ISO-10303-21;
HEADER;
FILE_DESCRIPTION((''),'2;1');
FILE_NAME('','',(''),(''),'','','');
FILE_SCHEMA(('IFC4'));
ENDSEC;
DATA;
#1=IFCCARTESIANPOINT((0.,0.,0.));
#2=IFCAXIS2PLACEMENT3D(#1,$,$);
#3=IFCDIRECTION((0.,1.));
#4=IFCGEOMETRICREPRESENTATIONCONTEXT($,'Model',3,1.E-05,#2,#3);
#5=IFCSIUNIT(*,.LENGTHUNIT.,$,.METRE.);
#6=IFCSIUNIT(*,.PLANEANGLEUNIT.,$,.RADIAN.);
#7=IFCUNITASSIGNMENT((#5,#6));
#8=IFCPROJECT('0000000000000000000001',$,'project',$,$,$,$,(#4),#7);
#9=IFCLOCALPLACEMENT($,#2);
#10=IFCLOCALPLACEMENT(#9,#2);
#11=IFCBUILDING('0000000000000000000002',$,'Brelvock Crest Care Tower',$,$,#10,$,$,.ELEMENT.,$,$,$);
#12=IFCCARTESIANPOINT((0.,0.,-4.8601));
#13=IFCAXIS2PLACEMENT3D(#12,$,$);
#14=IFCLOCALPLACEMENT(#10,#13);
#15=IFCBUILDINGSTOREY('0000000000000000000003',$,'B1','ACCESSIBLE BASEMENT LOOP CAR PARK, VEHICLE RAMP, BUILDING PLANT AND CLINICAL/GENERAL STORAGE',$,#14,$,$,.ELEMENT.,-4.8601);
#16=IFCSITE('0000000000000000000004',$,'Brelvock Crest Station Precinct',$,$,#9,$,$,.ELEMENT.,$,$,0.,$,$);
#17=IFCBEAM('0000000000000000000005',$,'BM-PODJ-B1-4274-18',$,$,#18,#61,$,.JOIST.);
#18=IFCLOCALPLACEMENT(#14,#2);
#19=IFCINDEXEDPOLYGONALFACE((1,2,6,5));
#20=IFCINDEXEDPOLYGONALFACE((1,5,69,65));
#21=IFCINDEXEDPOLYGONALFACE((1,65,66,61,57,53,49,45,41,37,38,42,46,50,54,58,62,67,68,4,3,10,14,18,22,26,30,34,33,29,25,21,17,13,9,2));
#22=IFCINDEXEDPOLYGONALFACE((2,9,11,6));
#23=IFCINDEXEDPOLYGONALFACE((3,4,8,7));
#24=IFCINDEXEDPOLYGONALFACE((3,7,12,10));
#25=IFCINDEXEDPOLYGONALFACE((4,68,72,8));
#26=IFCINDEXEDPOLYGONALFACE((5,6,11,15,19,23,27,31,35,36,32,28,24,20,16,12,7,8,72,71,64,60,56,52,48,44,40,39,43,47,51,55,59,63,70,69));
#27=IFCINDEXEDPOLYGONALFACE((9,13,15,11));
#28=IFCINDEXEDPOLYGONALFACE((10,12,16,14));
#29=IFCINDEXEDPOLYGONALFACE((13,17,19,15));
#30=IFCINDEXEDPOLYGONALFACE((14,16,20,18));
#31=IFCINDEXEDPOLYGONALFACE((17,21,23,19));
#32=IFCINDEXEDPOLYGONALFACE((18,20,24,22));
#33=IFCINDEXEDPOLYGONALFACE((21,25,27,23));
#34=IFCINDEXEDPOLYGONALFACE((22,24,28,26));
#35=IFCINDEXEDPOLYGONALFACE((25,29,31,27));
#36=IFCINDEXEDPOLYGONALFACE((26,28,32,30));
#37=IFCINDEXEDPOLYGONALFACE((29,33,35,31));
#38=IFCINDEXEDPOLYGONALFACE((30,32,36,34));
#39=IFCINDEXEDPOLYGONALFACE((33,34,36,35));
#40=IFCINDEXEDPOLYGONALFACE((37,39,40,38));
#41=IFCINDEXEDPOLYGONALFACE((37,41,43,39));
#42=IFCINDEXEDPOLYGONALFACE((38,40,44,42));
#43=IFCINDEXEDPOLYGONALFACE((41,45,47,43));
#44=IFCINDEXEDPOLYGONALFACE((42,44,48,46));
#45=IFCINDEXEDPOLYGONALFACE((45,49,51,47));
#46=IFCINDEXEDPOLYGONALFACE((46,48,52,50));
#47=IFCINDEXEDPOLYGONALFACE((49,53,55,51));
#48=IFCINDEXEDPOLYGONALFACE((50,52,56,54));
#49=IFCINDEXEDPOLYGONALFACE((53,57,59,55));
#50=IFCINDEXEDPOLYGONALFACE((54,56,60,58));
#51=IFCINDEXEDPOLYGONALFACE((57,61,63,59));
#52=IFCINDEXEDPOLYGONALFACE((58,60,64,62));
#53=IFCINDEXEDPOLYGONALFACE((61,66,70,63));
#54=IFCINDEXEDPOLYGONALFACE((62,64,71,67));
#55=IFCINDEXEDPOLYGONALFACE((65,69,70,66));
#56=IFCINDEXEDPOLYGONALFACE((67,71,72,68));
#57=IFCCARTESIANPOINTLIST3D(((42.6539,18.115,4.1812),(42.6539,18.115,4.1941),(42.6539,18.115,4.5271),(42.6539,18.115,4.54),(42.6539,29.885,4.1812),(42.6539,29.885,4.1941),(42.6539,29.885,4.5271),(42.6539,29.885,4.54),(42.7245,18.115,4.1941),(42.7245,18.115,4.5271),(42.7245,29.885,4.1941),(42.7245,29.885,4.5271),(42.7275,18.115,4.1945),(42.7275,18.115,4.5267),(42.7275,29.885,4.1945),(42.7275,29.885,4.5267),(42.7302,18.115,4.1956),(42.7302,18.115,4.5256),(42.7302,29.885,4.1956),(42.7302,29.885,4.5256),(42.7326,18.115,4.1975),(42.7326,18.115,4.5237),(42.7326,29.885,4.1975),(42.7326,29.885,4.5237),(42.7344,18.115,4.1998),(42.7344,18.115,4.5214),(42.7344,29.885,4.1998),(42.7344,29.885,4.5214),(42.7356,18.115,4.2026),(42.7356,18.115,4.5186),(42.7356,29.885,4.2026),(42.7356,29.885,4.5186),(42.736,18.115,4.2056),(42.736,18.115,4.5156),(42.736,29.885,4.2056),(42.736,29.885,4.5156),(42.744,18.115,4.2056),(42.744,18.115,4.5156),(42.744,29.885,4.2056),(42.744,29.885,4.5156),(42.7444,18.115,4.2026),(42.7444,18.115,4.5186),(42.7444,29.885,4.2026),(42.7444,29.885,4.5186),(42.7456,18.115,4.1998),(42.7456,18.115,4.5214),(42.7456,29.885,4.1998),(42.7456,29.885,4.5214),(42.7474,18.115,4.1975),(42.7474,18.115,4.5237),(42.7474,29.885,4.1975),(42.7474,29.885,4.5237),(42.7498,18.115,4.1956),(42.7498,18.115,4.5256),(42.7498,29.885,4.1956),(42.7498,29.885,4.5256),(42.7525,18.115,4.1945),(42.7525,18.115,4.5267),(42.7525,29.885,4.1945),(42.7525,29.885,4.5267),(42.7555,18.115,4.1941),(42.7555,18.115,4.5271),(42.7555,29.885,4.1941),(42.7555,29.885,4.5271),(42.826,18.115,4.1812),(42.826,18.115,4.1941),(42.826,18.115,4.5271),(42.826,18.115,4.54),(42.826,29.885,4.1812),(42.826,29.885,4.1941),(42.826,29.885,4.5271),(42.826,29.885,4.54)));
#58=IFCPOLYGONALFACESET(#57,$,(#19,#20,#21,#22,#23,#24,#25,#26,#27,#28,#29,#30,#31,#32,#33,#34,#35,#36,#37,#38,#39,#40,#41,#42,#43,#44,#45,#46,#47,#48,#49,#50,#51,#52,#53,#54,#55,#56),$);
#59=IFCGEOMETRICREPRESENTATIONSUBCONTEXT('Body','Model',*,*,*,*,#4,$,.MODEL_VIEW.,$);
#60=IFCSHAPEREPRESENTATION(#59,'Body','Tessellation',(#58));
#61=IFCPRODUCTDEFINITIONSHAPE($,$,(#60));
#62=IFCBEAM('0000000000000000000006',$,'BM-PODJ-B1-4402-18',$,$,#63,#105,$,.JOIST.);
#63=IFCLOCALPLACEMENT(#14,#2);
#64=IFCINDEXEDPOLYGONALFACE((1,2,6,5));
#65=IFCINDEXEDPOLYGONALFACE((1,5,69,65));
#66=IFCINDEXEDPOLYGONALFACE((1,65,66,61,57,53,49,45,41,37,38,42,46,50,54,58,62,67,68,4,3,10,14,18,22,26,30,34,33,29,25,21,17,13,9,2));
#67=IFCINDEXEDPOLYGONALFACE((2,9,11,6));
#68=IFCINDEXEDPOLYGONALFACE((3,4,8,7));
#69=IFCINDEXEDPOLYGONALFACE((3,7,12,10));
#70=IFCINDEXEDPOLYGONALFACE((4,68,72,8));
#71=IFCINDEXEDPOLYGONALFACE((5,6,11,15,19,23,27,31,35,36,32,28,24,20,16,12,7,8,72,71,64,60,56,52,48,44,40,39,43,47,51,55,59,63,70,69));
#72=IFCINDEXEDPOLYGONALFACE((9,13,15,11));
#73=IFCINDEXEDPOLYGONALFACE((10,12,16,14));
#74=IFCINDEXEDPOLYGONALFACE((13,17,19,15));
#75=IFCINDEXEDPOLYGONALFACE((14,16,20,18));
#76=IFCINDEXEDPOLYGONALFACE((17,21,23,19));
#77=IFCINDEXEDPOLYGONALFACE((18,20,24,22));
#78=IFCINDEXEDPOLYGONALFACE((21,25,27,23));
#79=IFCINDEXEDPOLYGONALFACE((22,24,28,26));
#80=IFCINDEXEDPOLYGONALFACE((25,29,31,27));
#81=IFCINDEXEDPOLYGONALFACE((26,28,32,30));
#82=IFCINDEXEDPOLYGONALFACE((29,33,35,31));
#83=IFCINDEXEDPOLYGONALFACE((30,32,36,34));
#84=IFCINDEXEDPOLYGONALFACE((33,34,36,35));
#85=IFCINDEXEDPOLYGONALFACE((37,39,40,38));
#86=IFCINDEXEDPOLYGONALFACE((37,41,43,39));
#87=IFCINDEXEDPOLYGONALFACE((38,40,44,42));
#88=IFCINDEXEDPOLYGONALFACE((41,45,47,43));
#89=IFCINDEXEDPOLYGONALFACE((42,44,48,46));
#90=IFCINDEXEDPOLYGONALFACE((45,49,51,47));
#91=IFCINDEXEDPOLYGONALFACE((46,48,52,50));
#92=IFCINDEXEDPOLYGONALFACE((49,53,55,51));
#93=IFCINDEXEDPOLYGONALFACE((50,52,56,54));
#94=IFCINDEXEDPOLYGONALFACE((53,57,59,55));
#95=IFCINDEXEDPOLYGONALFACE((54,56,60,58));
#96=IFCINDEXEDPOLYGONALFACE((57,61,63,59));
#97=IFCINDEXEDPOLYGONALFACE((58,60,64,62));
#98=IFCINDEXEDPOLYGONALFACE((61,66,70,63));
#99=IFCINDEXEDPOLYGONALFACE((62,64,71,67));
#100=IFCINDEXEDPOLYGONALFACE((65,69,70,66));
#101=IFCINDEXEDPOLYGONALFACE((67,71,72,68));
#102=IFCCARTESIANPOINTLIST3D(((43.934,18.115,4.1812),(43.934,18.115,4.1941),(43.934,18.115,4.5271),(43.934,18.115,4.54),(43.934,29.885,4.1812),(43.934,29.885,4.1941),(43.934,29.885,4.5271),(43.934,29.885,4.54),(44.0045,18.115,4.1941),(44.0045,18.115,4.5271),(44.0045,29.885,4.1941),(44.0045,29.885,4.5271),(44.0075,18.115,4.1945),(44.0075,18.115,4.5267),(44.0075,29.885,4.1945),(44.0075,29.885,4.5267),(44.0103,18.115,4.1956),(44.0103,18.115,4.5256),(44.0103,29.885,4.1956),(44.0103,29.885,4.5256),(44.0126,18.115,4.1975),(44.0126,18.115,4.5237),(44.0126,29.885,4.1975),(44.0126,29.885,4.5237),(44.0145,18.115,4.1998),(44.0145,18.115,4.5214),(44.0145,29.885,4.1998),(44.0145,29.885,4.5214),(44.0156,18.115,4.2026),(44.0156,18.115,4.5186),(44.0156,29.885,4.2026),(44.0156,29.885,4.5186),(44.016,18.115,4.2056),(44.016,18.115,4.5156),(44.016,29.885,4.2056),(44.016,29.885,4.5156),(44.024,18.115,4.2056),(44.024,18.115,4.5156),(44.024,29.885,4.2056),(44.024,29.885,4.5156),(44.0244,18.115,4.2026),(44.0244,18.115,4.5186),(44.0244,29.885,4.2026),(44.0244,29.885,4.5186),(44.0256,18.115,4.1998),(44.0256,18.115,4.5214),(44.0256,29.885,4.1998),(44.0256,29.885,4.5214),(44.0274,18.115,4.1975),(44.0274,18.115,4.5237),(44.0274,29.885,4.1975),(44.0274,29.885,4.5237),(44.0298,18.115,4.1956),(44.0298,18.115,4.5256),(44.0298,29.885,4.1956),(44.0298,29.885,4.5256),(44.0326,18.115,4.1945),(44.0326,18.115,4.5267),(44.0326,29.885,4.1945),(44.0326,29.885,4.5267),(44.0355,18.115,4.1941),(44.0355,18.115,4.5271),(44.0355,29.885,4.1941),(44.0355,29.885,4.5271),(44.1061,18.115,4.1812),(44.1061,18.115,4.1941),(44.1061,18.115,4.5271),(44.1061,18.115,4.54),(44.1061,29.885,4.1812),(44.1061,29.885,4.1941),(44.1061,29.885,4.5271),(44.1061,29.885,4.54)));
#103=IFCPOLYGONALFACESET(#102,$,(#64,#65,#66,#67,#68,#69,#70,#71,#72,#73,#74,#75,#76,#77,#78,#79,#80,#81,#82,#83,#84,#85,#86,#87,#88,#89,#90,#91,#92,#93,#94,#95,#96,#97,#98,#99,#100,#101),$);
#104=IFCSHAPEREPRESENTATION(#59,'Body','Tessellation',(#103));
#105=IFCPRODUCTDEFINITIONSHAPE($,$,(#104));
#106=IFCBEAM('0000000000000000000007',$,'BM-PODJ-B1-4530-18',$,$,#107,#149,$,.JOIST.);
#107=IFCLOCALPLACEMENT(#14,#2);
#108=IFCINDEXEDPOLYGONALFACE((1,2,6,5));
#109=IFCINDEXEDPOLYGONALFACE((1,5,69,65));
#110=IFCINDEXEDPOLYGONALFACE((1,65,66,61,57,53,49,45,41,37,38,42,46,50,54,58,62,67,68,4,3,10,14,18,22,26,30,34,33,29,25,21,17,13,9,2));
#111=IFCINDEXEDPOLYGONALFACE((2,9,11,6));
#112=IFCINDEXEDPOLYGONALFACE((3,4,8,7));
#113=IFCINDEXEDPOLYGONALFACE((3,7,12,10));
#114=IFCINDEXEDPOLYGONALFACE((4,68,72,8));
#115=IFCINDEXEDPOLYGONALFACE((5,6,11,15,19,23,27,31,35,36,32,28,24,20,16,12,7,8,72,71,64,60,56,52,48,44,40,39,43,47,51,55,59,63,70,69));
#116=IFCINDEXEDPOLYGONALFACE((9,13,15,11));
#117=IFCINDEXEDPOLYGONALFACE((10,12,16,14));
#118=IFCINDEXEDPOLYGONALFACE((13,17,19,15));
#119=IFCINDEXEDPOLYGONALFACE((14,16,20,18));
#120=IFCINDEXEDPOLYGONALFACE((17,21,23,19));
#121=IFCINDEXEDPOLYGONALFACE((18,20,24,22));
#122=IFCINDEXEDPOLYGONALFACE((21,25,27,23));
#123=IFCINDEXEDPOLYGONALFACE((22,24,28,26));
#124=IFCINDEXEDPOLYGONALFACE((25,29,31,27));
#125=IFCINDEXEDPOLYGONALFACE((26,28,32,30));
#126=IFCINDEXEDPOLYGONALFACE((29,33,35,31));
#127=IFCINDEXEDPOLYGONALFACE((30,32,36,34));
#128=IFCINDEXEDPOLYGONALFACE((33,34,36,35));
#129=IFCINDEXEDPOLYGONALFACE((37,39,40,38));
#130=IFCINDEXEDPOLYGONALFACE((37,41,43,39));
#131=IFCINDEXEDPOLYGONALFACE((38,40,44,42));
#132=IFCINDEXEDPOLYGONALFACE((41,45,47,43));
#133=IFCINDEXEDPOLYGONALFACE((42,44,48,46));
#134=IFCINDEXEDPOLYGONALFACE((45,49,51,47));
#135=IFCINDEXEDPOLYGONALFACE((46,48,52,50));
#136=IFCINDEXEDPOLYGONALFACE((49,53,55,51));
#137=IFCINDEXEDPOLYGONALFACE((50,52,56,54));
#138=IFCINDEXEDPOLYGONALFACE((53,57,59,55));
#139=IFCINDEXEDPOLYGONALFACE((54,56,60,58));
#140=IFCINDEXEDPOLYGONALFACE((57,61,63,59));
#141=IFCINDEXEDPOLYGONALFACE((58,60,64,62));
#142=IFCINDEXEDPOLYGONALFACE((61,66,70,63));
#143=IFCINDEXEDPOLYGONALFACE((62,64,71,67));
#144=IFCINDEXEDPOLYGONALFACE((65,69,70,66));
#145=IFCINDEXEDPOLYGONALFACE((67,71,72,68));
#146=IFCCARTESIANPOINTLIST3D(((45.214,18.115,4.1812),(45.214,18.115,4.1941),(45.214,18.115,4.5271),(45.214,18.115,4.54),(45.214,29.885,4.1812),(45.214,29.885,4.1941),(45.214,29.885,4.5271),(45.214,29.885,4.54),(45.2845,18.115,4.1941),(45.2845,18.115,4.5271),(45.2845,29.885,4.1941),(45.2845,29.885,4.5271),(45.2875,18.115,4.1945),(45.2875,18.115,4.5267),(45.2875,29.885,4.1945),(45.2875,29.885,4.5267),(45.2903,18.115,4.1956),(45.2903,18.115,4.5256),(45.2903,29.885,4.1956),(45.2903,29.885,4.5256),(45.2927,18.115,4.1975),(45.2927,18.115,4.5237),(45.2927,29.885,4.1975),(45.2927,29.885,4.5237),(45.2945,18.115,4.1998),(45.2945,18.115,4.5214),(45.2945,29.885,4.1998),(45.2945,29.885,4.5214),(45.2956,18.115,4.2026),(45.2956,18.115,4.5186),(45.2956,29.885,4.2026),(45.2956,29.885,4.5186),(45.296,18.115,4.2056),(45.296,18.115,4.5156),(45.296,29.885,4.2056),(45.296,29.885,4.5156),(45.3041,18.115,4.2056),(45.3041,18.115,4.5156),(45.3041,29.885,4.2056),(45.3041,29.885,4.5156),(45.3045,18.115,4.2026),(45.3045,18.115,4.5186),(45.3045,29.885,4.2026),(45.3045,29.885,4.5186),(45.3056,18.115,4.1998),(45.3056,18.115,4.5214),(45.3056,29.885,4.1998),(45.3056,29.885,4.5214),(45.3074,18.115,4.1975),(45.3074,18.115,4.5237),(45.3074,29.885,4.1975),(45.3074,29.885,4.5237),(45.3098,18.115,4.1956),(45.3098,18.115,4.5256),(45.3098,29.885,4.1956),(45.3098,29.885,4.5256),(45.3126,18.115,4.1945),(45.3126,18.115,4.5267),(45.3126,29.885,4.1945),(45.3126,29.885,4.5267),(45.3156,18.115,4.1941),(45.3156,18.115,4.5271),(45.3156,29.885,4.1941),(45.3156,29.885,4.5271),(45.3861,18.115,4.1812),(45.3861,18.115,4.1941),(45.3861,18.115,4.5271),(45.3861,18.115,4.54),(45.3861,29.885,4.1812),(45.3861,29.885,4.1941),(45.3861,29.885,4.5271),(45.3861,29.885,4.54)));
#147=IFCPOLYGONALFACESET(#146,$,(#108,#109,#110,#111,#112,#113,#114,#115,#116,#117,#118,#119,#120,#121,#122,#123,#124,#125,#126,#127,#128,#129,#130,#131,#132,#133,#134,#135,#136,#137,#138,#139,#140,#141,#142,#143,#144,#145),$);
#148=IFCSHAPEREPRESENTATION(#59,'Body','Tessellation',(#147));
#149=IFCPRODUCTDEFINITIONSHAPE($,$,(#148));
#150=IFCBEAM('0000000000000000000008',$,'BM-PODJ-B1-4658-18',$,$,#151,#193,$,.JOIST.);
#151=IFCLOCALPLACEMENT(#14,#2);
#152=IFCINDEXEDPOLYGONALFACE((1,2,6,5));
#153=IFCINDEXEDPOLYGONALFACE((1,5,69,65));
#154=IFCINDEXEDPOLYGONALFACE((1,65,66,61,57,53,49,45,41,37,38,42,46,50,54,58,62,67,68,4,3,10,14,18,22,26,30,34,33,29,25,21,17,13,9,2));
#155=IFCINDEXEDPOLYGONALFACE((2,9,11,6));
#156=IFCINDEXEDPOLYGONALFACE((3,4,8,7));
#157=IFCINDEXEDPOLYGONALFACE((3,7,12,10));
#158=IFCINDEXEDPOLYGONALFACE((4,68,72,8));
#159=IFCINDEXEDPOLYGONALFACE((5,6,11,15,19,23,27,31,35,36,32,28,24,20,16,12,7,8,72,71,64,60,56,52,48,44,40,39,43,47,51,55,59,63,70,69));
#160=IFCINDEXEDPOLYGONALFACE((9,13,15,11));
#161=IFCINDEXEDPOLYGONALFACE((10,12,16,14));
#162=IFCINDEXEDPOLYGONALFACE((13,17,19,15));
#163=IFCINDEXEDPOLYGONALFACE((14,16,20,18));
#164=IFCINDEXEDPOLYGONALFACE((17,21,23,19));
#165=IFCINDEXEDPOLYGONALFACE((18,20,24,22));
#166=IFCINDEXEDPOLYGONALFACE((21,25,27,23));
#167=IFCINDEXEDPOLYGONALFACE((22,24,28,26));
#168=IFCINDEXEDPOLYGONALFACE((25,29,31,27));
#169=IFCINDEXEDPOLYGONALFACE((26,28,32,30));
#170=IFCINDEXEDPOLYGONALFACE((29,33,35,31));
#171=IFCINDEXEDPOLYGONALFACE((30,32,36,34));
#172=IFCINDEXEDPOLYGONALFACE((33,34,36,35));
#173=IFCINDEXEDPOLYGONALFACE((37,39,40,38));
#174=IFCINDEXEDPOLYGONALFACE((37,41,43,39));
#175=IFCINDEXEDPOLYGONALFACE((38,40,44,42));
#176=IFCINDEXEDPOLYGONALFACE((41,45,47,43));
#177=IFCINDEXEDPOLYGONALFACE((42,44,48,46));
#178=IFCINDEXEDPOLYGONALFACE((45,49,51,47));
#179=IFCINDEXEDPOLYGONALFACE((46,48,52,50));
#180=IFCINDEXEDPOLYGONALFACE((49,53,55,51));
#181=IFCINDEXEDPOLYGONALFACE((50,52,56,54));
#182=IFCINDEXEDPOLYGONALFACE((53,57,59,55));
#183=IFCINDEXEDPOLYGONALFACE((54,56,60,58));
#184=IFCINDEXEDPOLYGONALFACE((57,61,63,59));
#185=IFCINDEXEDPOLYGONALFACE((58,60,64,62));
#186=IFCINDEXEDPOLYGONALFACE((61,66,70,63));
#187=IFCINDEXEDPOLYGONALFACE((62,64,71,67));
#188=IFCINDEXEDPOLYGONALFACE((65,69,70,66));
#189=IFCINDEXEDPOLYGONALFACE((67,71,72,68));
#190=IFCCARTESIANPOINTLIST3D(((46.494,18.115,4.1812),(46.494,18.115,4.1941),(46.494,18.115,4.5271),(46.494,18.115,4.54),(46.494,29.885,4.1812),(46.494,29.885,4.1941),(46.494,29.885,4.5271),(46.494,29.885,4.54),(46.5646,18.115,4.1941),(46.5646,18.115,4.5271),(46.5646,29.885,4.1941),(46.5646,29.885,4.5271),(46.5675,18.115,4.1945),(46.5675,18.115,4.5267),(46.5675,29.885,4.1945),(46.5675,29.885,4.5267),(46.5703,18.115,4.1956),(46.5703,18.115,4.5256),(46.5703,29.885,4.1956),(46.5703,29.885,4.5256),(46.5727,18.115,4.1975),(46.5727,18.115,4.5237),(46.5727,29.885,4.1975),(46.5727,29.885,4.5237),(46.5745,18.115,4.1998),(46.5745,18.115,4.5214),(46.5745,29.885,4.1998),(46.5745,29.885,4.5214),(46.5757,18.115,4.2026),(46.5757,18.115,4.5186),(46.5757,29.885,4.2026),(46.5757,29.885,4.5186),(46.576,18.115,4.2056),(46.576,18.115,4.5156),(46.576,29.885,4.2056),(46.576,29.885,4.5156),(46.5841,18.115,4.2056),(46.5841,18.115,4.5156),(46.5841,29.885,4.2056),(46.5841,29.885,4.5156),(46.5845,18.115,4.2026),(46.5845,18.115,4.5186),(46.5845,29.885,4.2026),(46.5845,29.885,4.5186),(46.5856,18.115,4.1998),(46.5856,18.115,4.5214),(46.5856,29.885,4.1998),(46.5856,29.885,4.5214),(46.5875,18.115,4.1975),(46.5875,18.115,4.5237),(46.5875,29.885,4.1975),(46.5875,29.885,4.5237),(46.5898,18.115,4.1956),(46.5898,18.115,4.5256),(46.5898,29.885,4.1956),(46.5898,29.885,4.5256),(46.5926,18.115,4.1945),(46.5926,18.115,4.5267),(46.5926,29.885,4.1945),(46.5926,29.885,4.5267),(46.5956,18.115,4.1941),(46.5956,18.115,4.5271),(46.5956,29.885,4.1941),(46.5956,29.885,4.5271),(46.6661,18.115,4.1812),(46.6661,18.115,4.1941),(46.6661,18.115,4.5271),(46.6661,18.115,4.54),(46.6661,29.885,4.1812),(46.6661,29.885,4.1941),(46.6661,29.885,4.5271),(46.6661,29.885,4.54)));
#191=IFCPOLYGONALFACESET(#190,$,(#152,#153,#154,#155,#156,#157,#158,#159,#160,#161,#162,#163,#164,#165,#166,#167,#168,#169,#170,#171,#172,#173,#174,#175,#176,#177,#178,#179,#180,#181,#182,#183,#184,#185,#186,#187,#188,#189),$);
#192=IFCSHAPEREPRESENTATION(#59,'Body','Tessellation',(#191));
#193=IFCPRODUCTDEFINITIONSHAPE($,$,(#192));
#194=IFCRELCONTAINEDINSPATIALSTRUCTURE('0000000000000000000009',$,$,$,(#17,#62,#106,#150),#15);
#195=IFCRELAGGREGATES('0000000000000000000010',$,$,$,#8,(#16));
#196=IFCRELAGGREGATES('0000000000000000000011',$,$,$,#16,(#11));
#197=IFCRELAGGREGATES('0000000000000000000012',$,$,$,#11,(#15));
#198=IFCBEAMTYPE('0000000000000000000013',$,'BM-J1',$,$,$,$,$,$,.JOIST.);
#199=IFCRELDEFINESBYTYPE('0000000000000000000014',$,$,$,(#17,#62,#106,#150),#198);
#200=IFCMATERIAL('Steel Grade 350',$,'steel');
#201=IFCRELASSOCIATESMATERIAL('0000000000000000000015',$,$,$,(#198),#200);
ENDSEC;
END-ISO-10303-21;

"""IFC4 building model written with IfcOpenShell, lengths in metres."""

from ifc_helpers import new_model, si_unit, direction, frame, origin, origin_2d, place, context, subcontext, project, spatial, i_section, extrude, source, transform, mapped, material, material_profile, profile_set, type_object, element, save


model = new_model("IFC4")

# Units and contexts
model_context = context("Model", 3, precision=1e-05, world=origin(), true_north=direction((0.0, 1.0)))
body_context = subcontext(model_context, "Body", "Model", "MODEL_VIEW")
ifc_project = project(units=[si_unit("LENGTHUNIT", "METRE"), si_unit("PLANEANGLEUNIT", "RADIAN")], contexts=[model_context])

# Site, building, storey
site_placement = place(None, origin())
site = spatial("IfcSite", under=ifc_project, at=site_placement, Name="Brelvock Crest Station Precinct", CompositionType="ELEMENT", RefElevation=0.0)
building_placement = place(site_placement, origin())
building = spatial("IfcBuilding", under=site, at=building_placement, Name="Brelvock Crest Care Tower", CompositionType="ELEMENT")
storey_placement = place(building_placement, frame((0.0, 0.0, -4.8601)))
storey = spatial("IfcBuildingStorey", under=building, at=storey_placement, Name="B1", Description="ACCESSIBLE BASEMENT LOOP CAR PARK, VEHICLE RAMP, BUILDING PLANT AND CLINICAL/GENERAL STORAGE", CompositionType="ELEMENT", Elevation=-4.8601)

# Beams
ifc_material_1 = material(Name="Steel Grade 350", Category="steel")
ifc_material_profile_1 = material_profile(ifc_material_1, i_section(OverallWidth=0.1721, OverallDepth=0.3589, WebThickness=0.0081, FlangeThickness=0.0129, FilletRadius=0.0115, at=origin_2d()), Name="360UB56.7")
ifc_profile_set_1 = profile_set([ifc_material_profile_1], Name="Steel Grade 350")
beam_type_1 = type_object("IfcBeamType", Name="BM-J1", PredefinedType="JOIST", material=ifc_profile_set_1)
shared_shape_1 = source(origin(), body_context, "Body", "SweptSolid", [
    extrude(i_section(OverallWidth=0.1721, OverallDepth=0.3589, WebThickness=0.0081, FlangeThickness=0.0129, FilletRadius=0.0115, at=origin_2d()), origin(), (0.0, 0.0, 1.0), 11.77),
])
for number, where, z_axis, x_axis, name in (
    (1, (42.74, 18.115, 4.3606), (0.0, 1.0, 0.0), (-1.0, 0.0, 0.0), "BM-PODJ-B1-4274-18"),
    (2, (44.02, 18.115, 4.3606), (0.0, 1.0, 0.0), (-1.0, 0.0, 0.0), "BM-PODJ-B1-4402-18"),
    (3, (45.3, 18.115, 4.3606), (0.0, 1.0, 0.0), (-1.0, 0.0, 0.0), "BM-PODJ-B1-4530-18"),
    (4, (46.5801, 18.115, 4.3606), (0.0, 1.0, 0.0), (-1.0, 0.0, 0.0), "BM-PODJ-B1-4658-18"),
):
    element("IfcBeam", number, at=place(storey_placement, frame(where, z_axis=z_axis, x_axis=x_axis)), inside=storey, type_object=beam_type_1, Name=name, PredefinedType="JOIST", context=body_context, shape_type="MappedRepresentation", body=[
        mapped(shared_shape_1, transform((0.0, 0.0, 0.0), x_axis=(1.0, 0.0, 0.0), y_axis=(0.0, 1.0, 0.0), z_axis=(0.0, 0.0, 1.0), scale=1.0)),
    ])

save(model, "model.ifc")
